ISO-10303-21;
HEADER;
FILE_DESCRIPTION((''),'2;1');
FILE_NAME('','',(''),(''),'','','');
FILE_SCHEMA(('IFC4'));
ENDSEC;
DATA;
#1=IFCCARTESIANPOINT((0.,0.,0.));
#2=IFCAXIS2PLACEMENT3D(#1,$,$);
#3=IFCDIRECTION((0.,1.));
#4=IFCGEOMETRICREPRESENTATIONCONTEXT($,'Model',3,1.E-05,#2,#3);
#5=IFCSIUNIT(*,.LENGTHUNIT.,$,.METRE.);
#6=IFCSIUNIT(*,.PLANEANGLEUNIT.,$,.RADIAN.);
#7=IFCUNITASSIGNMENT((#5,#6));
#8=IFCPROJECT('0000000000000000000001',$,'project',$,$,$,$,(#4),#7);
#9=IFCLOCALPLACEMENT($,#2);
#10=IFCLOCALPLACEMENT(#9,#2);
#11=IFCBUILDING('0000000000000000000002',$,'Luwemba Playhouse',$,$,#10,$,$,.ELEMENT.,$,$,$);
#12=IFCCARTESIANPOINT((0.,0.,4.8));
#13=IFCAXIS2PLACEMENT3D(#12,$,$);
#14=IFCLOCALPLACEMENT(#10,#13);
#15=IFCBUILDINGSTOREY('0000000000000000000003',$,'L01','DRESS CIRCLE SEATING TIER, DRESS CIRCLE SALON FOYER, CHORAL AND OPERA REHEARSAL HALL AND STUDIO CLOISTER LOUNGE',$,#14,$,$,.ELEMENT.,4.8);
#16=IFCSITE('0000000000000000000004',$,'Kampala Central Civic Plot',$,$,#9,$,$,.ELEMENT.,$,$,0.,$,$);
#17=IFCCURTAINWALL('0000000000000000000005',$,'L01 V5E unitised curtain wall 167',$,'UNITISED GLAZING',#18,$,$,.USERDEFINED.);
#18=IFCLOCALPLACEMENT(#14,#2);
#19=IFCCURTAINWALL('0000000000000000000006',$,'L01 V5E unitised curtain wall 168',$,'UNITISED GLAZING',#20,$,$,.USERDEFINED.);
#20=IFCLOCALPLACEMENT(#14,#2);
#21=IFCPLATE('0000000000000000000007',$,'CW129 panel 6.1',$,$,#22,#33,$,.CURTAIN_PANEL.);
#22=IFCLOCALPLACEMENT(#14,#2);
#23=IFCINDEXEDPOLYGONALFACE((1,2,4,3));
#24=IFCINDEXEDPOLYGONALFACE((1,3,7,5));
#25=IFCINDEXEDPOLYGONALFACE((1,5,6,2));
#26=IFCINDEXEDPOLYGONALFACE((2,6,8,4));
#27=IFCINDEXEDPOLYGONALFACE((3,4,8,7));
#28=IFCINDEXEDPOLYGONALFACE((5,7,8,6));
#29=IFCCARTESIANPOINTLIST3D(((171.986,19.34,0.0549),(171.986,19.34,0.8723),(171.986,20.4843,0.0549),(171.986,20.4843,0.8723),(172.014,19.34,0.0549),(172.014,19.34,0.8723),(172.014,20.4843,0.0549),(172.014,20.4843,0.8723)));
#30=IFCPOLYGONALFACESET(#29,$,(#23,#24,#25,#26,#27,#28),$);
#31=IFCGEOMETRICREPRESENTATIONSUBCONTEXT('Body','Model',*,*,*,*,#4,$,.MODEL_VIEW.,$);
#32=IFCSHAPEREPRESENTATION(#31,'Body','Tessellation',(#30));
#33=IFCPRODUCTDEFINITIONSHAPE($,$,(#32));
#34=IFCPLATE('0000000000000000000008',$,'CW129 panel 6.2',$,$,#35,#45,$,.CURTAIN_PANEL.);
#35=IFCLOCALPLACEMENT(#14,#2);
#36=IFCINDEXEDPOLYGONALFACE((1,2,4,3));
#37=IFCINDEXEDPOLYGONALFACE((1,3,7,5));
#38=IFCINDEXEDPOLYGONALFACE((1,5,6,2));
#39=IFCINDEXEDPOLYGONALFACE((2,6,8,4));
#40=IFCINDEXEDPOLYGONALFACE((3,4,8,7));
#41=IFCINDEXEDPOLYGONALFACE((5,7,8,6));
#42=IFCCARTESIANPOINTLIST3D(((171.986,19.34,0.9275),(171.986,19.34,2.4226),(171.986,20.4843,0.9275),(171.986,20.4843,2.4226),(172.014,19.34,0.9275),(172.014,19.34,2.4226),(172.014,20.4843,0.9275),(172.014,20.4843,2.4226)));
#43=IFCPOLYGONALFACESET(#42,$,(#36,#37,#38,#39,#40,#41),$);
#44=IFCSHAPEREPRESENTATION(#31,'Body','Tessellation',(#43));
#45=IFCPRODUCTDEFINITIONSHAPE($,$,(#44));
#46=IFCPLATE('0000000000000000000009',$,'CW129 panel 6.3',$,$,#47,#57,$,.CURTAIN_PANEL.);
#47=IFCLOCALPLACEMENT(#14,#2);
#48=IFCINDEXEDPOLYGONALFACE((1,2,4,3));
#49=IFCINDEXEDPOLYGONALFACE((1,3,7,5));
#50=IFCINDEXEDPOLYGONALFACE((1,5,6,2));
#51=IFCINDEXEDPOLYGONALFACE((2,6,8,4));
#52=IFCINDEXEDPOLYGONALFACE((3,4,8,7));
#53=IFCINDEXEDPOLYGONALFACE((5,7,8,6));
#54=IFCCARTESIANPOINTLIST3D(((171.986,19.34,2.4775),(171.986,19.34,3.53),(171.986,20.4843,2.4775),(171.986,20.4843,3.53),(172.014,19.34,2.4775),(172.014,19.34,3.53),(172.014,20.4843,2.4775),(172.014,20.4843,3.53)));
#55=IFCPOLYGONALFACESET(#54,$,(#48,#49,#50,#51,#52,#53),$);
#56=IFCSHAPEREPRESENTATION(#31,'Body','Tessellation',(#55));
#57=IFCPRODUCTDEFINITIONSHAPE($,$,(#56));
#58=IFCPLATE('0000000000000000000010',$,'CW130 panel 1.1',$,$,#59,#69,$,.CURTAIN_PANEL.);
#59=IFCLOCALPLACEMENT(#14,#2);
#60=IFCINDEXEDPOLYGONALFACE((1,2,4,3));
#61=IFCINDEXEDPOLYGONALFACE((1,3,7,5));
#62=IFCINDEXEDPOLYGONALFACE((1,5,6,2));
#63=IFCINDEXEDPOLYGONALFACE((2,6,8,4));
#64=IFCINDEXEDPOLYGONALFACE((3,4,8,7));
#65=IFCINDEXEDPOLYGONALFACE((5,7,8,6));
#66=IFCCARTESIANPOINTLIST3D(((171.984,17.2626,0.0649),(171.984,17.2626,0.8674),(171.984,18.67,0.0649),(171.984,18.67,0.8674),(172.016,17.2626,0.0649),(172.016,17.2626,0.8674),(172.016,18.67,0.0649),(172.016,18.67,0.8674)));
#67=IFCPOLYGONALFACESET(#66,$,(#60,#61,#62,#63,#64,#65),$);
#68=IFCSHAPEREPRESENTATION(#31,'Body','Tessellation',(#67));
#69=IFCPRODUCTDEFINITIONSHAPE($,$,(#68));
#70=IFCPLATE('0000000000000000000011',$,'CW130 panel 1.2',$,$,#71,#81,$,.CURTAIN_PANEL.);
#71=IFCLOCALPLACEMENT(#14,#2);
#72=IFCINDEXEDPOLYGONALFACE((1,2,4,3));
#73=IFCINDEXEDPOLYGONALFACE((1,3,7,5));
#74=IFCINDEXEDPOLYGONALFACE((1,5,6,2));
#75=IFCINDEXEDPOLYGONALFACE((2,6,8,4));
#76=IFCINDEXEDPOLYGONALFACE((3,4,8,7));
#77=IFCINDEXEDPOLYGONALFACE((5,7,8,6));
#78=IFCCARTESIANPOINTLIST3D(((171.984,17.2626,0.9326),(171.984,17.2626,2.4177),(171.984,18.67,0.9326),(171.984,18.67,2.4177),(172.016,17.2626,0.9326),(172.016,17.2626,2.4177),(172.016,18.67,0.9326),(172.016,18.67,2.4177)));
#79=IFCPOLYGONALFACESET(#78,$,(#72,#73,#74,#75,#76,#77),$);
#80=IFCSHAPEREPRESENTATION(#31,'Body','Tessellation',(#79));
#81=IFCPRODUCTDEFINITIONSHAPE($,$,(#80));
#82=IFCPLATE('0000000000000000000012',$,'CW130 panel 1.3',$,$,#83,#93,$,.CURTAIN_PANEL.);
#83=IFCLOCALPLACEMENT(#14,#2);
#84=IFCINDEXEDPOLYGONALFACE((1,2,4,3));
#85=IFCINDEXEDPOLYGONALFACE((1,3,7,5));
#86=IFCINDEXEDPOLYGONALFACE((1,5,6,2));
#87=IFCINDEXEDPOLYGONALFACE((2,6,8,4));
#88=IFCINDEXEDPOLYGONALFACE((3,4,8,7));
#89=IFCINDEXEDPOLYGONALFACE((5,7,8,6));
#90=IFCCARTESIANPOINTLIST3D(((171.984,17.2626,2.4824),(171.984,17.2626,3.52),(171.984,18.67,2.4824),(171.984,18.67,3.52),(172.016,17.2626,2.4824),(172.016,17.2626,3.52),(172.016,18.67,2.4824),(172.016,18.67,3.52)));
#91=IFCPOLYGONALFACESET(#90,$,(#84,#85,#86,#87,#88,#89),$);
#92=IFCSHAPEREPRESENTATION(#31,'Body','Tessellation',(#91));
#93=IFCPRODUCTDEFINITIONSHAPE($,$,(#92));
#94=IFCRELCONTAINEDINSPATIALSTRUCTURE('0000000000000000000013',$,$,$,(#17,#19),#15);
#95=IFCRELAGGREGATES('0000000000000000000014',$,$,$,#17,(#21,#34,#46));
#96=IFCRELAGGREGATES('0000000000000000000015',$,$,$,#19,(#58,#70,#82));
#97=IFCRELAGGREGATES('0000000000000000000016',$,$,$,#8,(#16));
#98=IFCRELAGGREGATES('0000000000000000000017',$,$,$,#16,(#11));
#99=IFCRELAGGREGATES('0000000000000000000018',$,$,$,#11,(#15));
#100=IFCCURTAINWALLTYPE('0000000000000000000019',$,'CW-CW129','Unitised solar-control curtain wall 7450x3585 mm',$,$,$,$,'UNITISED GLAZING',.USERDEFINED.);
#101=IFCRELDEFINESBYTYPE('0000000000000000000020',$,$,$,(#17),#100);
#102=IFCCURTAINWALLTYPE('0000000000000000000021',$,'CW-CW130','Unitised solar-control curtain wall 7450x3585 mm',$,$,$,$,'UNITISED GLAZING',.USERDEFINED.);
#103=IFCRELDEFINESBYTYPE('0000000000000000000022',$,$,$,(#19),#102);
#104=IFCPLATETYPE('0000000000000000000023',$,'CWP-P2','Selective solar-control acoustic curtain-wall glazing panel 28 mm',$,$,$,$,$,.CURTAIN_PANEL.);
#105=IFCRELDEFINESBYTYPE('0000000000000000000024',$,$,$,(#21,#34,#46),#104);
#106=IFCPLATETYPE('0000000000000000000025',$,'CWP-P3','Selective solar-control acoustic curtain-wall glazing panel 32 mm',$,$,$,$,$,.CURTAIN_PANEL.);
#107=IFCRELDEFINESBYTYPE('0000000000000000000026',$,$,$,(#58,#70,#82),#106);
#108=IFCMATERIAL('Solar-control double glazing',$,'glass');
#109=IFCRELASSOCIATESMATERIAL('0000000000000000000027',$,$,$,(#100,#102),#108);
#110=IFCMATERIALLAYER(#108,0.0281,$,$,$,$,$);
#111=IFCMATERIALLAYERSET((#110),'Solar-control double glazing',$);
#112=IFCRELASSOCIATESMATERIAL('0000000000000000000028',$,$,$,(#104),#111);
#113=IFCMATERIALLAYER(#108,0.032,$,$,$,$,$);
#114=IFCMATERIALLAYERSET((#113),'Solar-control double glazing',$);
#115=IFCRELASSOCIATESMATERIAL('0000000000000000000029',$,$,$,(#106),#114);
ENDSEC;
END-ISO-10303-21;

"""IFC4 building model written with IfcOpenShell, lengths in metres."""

from ifc_helpers import new_model, si_unit, direction, frame, origin, origin_2d, place, context, subcontext, project, spatial, rectangle, extrude, material, layer, layer_set, type_object, element, aggregate, save


model = new_model("IFC4")

# Units and contexts
model_context = context("Model", 3, precision=1e-05, world=origin(), true_north=direction((0.0, 1.0)))
body_context = subcontext(model_context, "Body", "Model", "MODEL_VIEW")
ifc_project = project(units=[si_unit("LENGTHUNIT", "METRE"), si_unit("PLANEANGLEUNIT", "RADIAN")], contexts=[model_context])

# Site, building, storey
site_placement = place(None, origin())
site = spatial("IfcSite", under=ifc_project, at=site_placement, Name="Kampala Central Civic Plot", CompositionType="ELEMENT", RefElevation=0.0)
building_placement = place(site_placement, origin())
building = spatial("IfcBuilding", under=site, at=building_placement, Name="Luwemba Playhouse", CompositionType="ELEMENT")
storey_placement = place(building_placement, frame((0.0, 0.0, 4.8)))
storey = spatial("IfcBuildingStorey", under=building, at=storey_placement, Name="L01", Description="DRESS CIRCLE SEATING TIER, DRESS CIRCLE SALON FOYER, CHORAL AND OPERA REHEARSAL HALL AND STUDIO CLOISTER LOUNGE", CompositionType="ELEMENT", Elevation=4.8)

# Curtain walls
ifc_material_1 = material(Name="Solar-control double glazing", Category="glass")
curtain_wall_type_1 = type_object("IfcCurtainWallType", Name="CW-CW129", Description="Unitised solar-control curtain wall 7450x3585 mm", ElementType="UNITISED GLAZING", PredefinedType="USERDEFINED", material=ifc_material_1)
curtain_wall_1_placement = place(storey_placement, origin())
curtain_wall_1 = element("IfcCurtainWall", 1, at=curtain_wall_1_placement, inside=storey, type_object=curtain_wall_type_1, Name="L01 V5E unitised curtain wall 167", ObjectType="UNITISED GLAZING", PredefinedType="USERDEFINED")
curtain_wall_type_2 = type_object("IfcCurtainWallType", Name="CW-CW130", Description="Unitised solar-control curtain wall 7450x3585 mm", ElementType="UNITISED GLAZING", PredefinedType="USERDEFINED", material=ifc_material_1)
curtain_wall_2_placement = place(storey_placement, origin())
curtain_wall_2 = element("IfcCurtainWall", 2, at=curtain_wall_2_placement, inside=storey, type_object=curtain_wall_type_2, Name="L01 V5E unitised curtain wall 168", ObjectType="UNITISED GLAZING", PredefinedType="USERDEFINED")

# Plates
ifc_layer_1 = layer(ifc_material_1, 0.0281)
ifc_layer_set_1 = layer_set([ifc_layer_1], Name="Solar-control double glazing")
plate_type_1 = type_object("IfcPlateType", Name="CWP-P2", Description="Selective solar-control acoustic curtain-wall glazing panel 28 mm", PredefinedType="CURTAIN_PANEL", material=ifc_layer_set_1)
plate_1_placement = place(storey_placement, frame((172.0, 19.9121, 0.0549), z_axis=(0.0, 0.0, 1.0), x_axis=(0.0, -1.0, 0.0)))
plate_1 = element("IfcPlate", 3, at=plate_1_placement, type_object=plate_type_1, Name="CW129 panel 6.1", PredefinedType="CURTAIN_PANEL", context=body_context, shape_type="SweptSolid", body=[
    extrude(rectangle(XDim=1.1443, YDim=0.0281, at=origin_2d()), origin(), (0.0, 0.0, 1.0), 0.8174),
])
plate_2_placement = place(storey_placement, frame((172.0, 19.9121, 0.9275), z_axis=(0.0, 0.0, 1.0), x_axis=(0.0, -1.0, 0.0)))
plate_2 = element("IfcPlate", 4, at=plate_2_placement, type_object=plate_type_1, Name="CW129 panel 6.2", PredefinedType="CURTAIN_PANEL", context=body_context, shape_type="SweptSolid", body=[
    extrude(rectangle(XDim=1.1443, YDim=0.0281, at=origin_2d()), origin(), (0.0, 0.0, 1.0), 1.4951),
])
plate_3_placement = place(storey_placement, frame((172.0, 19.9121, 2.4775), z_axis=(0.0, 0.0, 1.0), x_axis=(0.0, -1.0, 0.0)))
plate_3 = element("IfcPlate", 5, at=plate_3_placement, type_object=plate_type_1, Name="CW129 panel 6.3", PredefinedType="CURTAIN_PANEL", context=body_context, shape_type="SweptSolid", body=[
    extrude(rectangle(XDim=1.1443, YDim=0.0281, at=origin_2d()), origin(), (0.0, 0.0, 1.0), 1.0525),
])
aggregate(curtain_wall_1, [plate_1, plate_2, plate_3])
ifc_layer_2 = layer(ifc_material_1, 0.032)
ifc_layer_set_2 = layer_set([ifc_layer_2], Name="Solar-control double glazing")
plate_type_2 = type_object("IfcPlateType", Name="CWP-P3", Description="Selective solar-control acoustic curtain-wall glazing panel 32 mm", PredefinedType="CURTAIN_PANEL", material=ifc_layer_set_2)
plate_4_placement = place(storey_placement, frame((172.0, 17.9663, 0.0649), z_axis=(0.0, 0.0, 1.0), x_axis=(0.0, -1.0, 0.0)))
plate_4 = element("IfcPlate", 6, at=plate_4_placement, type_object=plate_type_2, Name="CW130 panel 1.1", PredefinedType="CURTAIN_PANEL", context=body_context, shape_type="SweptSolid", body=[
    extrude(rectangle(XDim=1.4075, YDim=0.032, at=origin_2d()), origin(), (0.0, 0.0, 1.0), 0.8025),
])
plate_5_placement = place(storey_placement, frame((172.0, 17.9663, 0.9326), z_axis=(0.0, 0.0, 1.0), x_axis=(0.0, -1.0, 0.0)))
plate_5 = element("IfcPlate", 7, at=plate_5_placement, type_object=plate_type_2, Name="CW130 panel 1.2", PredefinedType="CURTAIN_PANEL", context=body_context, shape_type="SweptSolid", body=[
    extrude(rectangle(XDim=1.4075, YDim=0.032, at=origin_2d()), origin(), (0.0, 0.0, 1.0), 1.4851),
])
plate_6_placement = place(storey_placement, frame((172.0, 17.9663, 2.4824), z_axis=(0.0, 0.0, 1.0), x_axis=(0.0, -1.0, 0.0)))
plate_6 = element("IfcPlate", 8, at=plate_6_placement, type_object=plate_type_2, Name="CW130 panel 1.3", PredefinedType="CURTAIN_PANEL", context=body_context, shape_type="SweptSolid", body=[
    extrude(rectangle(XDim=1.4075, YDim=0.032, at=origin_2d()), origin(), (0.0, 0.0, 1.0), 1.0376),
])
aggregate(curtain_wall_2, [plate_4, plate_5, plate_6])

save(model, "model.ifc")
